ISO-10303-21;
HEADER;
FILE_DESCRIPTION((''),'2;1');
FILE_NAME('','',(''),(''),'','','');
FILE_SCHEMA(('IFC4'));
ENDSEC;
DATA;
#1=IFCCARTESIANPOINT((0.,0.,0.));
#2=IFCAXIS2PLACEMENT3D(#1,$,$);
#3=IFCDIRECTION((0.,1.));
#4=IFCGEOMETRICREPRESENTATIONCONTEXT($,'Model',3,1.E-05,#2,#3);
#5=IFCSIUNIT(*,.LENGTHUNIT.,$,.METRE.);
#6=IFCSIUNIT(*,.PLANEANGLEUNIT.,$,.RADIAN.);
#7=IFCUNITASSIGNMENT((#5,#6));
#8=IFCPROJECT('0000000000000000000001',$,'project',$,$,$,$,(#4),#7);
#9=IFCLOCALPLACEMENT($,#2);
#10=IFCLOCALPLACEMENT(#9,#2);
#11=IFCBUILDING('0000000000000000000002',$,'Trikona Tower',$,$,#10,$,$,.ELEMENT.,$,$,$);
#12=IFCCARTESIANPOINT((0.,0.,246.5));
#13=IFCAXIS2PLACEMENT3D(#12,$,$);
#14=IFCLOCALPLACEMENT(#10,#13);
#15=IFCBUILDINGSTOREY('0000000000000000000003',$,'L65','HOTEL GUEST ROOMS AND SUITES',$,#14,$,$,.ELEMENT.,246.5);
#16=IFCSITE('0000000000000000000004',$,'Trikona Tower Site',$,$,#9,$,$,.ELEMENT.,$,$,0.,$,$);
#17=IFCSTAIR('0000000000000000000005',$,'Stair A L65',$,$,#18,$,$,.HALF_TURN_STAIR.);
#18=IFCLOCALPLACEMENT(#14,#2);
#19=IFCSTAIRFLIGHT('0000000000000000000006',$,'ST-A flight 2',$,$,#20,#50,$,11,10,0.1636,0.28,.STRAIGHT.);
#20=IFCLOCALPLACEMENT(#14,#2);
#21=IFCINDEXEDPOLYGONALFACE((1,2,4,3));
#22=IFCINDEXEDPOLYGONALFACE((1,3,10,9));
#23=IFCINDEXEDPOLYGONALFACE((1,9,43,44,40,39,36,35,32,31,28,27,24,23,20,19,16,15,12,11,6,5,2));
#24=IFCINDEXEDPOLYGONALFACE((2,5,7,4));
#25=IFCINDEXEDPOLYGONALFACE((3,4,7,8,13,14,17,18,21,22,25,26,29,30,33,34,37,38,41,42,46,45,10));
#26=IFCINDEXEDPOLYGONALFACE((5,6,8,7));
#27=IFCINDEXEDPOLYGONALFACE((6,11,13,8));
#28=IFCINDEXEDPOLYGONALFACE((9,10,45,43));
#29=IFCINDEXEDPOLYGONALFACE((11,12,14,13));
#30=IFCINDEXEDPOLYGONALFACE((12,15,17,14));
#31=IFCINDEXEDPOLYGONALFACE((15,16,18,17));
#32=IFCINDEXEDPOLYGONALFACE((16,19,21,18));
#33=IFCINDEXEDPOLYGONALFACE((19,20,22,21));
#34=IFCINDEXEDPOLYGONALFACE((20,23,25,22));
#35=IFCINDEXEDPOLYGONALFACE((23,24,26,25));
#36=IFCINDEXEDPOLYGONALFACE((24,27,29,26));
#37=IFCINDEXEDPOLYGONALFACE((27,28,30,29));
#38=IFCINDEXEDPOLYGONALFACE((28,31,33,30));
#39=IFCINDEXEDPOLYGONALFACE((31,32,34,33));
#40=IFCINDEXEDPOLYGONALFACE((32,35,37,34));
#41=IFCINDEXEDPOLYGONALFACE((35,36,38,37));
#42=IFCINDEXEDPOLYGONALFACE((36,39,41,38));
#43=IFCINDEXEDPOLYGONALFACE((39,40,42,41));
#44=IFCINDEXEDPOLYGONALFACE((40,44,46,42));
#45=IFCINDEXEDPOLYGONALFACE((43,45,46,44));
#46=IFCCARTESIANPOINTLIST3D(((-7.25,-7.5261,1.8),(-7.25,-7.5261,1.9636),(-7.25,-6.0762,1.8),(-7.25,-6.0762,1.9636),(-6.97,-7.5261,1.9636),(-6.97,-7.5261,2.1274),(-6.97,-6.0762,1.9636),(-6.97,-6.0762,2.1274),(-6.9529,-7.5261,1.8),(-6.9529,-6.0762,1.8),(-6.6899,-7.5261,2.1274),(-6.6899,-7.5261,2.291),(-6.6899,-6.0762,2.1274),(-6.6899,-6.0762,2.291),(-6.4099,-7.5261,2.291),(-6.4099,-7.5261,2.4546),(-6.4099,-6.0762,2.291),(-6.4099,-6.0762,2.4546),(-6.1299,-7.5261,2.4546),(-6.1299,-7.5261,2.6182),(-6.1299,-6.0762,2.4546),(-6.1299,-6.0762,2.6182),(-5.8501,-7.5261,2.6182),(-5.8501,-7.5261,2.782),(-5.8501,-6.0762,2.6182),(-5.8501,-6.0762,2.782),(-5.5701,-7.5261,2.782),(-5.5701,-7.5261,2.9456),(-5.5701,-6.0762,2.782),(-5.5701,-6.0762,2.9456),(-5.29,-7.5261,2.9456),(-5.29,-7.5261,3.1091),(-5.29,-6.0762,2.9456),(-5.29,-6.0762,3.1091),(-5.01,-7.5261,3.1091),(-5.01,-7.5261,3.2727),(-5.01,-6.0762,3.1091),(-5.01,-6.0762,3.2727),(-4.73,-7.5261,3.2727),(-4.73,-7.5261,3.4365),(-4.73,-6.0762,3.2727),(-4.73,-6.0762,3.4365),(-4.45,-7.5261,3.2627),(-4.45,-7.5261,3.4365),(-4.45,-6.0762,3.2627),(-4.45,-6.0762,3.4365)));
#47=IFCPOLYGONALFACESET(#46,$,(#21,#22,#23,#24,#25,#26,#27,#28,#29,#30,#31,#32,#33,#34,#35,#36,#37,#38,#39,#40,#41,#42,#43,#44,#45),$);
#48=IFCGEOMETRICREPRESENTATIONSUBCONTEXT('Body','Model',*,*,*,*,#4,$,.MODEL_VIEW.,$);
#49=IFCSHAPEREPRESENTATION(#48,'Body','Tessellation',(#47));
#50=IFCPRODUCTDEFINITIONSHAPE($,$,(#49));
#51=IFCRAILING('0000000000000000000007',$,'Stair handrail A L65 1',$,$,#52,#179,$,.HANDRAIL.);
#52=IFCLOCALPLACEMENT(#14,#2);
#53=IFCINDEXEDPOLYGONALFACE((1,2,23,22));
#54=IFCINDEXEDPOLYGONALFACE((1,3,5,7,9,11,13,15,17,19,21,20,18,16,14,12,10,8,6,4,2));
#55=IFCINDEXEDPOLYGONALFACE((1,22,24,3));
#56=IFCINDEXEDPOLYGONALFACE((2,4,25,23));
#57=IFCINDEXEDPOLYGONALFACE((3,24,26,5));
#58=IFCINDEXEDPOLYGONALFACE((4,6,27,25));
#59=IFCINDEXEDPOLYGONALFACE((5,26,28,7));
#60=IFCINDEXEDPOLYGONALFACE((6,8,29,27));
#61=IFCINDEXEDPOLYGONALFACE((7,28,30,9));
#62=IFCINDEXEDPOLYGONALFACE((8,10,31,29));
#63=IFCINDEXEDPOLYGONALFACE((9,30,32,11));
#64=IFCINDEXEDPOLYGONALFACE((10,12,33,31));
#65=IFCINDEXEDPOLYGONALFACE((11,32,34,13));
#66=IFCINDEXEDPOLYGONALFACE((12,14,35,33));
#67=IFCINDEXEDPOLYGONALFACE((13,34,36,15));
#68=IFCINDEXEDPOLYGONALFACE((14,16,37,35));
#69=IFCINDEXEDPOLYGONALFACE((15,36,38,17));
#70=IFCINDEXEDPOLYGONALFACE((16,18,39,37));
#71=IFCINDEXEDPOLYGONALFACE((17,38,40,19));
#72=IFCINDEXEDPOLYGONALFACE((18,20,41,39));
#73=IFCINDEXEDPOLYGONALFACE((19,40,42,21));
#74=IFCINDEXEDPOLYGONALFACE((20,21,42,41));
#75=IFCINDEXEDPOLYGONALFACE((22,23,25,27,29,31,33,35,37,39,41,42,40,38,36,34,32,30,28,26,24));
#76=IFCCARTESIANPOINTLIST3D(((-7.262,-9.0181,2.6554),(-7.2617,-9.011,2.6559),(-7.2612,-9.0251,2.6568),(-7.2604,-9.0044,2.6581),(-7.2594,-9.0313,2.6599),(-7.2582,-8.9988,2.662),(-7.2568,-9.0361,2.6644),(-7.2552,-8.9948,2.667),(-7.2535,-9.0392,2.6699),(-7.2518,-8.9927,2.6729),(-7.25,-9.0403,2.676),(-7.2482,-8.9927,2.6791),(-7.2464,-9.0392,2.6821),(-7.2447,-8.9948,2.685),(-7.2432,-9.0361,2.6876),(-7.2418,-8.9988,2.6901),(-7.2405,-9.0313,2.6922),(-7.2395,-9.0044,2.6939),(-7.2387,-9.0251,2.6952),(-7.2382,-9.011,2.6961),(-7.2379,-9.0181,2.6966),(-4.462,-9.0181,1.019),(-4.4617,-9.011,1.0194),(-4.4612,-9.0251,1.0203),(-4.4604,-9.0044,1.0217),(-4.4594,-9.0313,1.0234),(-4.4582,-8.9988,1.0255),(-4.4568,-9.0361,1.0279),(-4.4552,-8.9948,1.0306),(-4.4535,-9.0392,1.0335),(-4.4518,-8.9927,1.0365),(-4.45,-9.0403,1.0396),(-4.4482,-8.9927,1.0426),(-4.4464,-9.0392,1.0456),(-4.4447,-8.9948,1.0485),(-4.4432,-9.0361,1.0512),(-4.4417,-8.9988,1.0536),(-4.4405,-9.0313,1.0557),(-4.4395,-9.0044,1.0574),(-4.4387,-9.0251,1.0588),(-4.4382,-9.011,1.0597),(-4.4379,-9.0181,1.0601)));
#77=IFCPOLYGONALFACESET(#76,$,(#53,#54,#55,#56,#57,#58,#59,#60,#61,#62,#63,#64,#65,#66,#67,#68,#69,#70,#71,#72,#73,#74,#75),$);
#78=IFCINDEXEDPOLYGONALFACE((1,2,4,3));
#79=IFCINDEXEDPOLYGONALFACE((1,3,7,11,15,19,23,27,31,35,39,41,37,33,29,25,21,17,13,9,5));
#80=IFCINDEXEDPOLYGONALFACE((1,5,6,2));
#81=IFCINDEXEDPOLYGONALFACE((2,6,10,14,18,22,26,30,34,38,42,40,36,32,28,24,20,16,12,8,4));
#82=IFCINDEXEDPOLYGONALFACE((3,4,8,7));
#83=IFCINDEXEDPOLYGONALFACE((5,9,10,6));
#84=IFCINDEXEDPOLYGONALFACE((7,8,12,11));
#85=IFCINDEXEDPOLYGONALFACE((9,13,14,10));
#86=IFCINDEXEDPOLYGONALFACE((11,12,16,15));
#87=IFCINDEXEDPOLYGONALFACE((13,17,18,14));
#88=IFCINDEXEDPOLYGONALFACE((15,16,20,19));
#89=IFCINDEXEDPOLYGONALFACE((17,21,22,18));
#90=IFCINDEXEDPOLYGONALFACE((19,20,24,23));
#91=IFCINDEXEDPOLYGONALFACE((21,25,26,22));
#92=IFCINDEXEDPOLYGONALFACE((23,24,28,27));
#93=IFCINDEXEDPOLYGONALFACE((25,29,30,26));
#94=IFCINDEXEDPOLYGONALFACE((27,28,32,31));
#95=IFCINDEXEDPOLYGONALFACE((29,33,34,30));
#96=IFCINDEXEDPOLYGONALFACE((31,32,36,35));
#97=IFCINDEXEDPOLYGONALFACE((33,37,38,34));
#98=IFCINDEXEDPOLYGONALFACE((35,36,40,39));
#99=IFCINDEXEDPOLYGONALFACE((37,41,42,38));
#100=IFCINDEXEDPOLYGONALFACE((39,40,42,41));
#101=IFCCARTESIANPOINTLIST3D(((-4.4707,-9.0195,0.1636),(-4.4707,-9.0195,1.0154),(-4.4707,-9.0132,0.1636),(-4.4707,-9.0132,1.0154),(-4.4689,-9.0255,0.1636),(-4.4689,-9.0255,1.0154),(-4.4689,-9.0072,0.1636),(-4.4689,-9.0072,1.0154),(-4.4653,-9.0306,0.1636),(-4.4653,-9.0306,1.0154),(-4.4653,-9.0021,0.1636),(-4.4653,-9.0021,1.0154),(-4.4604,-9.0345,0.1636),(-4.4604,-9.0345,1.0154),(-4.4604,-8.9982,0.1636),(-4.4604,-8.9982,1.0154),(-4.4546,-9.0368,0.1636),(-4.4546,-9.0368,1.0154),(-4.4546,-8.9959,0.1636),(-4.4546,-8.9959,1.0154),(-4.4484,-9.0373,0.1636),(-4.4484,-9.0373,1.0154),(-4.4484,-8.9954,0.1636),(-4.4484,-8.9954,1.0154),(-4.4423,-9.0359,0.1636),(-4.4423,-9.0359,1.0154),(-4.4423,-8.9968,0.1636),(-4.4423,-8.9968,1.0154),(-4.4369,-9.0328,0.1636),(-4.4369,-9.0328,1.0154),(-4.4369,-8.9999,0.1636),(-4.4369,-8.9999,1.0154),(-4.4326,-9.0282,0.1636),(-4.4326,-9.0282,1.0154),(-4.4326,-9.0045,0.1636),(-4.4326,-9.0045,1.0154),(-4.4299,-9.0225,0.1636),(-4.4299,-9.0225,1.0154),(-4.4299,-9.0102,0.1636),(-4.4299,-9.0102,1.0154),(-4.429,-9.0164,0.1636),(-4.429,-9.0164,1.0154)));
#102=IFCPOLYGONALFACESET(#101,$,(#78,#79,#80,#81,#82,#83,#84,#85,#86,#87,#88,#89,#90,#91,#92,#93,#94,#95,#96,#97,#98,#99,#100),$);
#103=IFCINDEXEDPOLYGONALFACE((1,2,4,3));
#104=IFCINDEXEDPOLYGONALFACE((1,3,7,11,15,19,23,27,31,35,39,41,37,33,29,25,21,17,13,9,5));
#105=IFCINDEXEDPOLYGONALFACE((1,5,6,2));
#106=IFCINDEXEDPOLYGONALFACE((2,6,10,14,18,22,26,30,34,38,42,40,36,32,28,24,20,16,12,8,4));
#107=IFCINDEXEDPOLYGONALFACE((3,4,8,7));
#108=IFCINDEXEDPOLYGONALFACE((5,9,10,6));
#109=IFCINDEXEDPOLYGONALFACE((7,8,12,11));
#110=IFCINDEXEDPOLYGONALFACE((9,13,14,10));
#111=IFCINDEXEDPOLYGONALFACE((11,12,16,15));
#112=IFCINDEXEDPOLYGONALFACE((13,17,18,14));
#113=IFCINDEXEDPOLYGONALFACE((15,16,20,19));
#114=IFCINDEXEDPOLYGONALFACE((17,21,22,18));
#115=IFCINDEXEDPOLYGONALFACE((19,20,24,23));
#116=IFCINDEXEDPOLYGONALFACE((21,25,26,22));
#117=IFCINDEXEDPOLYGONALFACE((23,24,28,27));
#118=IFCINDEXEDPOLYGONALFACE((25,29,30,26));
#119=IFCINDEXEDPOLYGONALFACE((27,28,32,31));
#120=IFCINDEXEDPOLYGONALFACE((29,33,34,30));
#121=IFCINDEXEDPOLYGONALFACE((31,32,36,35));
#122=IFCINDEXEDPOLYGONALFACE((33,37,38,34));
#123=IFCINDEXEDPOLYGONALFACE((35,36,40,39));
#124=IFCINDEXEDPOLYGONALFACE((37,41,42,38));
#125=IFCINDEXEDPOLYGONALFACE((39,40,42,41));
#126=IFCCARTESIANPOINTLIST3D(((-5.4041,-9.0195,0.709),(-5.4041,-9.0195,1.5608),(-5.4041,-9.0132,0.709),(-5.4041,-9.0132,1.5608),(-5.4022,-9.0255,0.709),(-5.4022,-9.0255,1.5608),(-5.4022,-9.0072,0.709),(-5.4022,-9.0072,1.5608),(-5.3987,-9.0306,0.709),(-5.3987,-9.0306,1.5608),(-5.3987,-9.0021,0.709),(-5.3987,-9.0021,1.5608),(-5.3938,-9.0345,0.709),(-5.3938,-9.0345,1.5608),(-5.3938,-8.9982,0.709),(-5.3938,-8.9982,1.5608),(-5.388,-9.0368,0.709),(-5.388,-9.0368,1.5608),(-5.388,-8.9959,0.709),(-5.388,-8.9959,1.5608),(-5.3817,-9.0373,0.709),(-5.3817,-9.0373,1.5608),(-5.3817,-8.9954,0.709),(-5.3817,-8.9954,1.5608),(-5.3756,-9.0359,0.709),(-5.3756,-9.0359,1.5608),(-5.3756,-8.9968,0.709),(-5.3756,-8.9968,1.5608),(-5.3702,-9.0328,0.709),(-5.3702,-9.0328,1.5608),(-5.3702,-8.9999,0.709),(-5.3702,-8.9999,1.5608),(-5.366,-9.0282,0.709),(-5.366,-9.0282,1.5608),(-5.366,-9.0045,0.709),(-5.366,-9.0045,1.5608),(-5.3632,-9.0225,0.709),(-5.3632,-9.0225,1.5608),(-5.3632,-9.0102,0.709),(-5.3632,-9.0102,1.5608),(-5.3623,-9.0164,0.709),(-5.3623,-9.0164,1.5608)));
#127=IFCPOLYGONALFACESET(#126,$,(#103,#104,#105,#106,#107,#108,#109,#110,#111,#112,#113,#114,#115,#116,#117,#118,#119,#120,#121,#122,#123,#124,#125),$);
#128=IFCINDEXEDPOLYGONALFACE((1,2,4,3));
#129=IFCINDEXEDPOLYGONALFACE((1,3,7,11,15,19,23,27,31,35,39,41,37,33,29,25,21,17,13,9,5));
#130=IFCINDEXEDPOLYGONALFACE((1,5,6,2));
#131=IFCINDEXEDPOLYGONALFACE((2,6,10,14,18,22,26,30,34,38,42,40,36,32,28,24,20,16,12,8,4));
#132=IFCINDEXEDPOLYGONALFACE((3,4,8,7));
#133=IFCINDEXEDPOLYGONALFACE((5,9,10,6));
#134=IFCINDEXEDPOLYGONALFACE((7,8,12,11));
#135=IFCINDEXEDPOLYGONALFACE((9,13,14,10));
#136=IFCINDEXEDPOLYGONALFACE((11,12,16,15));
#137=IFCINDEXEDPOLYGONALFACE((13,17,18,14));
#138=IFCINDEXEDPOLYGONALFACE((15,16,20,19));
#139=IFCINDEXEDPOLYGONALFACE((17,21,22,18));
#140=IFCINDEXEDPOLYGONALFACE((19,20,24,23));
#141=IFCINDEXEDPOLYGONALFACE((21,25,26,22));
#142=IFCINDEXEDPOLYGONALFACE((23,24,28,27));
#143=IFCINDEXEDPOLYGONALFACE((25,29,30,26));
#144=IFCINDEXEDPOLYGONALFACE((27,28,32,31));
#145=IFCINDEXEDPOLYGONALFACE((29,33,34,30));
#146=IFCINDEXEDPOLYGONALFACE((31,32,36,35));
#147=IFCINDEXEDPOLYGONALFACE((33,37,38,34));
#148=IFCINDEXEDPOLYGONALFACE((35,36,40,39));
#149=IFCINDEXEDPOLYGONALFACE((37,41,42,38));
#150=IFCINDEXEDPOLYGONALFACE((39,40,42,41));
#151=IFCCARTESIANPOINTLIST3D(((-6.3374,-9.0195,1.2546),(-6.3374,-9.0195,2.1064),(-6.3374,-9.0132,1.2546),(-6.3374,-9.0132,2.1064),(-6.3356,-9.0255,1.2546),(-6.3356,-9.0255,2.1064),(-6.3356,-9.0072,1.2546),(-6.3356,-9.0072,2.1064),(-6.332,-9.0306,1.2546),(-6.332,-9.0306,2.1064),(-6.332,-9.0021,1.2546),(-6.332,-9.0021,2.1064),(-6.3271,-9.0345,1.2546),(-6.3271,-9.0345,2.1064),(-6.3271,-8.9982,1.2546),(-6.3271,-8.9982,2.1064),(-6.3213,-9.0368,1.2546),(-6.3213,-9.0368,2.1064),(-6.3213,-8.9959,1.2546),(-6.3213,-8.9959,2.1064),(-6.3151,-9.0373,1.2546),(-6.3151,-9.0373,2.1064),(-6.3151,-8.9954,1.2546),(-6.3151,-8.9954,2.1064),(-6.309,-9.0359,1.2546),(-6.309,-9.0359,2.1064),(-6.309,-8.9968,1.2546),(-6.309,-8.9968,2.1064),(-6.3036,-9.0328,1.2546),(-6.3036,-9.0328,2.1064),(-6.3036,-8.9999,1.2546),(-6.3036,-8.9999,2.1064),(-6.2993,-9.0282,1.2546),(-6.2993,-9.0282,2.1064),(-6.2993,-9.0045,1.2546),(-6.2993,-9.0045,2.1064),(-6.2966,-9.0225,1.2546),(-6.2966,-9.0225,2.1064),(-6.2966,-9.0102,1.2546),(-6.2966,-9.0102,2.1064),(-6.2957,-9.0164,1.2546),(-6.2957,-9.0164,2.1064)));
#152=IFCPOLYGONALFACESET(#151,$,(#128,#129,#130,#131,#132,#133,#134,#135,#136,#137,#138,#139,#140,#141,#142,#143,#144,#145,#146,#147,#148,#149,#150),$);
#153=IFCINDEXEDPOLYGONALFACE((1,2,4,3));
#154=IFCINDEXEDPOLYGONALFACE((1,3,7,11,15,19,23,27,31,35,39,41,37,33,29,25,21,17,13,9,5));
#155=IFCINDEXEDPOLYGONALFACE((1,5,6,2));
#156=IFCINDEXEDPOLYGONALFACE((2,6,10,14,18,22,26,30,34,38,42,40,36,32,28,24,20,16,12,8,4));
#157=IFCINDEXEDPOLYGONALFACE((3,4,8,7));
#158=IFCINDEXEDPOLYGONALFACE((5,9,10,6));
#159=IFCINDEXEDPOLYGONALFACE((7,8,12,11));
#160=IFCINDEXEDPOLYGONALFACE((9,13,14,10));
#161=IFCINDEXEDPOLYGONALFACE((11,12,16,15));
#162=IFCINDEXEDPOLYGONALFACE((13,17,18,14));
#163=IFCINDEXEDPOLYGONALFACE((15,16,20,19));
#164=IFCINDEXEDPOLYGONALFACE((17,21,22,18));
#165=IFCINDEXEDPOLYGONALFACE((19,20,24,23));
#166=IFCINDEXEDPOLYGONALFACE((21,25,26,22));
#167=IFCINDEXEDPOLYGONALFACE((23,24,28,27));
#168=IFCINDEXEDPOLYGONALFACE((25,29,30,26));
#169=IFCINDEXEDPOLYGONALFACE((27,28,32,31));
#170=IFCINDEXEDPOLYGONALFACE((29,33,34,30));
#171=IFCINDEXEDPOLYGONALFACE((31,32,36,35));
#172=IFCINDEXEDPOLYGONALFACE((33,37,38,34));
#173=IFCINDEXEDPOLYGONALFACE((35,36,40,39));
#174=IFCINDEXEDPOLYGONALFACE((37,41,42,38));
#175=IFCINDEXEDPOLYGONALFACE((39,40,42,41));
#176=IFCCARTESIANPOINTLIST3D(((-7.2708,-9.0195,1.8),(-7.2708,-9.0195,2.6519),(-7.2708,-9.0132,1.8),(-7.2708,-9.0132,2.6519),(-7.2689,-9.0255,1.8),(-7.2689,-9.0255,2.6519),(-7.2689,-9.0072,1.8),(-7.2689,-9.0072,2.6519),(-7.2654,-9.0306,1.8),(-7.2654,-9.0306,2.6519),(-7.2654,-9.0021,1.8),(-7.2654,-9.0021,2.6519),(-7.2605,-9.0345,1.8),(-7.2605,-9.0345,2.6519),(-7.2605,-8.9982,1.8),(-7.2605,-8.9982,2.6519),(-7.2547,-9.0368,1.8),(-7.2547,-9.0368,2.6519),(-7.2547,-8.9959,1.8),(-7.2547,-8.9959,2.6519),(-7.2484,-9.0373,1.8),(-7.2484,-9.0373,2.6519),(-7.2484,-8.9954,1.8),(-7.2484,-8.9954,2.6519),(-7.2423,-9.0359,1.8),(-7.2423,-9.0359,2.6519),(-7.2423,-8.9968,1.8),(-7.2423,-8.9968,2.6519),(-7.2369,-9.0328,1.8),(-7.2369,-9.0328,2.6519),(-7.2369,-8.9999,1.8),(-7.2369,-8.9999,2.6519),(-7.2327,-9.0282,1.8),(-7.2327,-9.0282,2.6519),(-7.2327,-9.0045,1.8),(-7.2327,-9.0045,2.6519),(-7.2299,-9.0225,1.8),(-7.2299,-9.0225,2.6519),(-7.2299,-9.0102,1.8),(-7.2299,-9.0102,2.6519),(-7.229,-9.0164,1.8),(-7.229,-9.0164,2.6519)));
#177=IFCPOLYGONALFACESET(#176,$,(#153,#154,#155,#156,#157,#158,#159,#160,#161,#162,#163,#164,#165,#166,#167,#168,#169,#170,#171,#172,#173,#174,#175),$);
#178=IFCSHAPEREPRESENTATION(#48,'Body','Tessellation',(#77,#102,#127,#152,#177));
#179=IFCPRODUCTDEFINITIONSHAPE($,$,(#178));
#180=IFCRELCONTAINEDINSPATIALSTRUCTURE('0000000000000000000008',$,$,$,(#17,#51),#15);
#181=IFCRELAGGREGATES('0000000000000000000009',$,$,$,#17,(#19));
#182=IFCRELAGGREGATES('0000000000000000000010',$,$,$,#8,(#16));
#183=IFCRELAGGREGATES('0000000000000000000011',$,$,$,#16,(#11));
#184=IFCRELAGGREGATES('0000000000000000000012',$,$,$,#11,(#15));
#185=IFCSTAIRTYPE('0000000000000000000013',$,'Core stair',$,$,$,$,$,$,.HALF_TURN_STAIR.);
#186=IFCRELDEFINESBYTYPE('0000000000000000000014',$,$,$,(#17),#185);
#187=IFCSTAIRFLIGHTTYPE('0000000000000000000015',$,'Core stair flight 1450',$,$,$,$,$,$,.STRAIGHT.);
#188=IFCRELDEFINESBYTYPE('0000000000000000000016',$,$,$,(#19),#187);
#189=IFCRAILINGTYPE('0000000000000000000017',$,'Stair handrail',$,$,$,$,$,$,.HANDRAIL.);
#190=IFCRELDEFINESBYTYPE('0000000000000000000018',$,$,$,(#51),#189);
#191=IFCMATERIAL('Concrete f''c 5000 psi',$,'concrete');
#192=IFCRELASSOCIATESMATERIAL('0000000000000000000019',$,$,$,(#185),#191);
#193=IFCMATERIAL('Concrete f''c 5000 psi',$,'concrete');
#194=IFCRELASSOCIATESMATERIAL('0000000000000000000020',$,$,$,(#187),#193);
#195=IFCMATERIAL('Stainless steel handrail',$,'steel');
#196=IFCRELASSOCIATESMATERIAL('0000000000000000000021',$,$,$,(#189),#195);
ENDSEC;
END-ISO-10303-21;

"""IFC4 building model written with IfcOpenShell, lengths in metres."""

from ifc_helpers import new_model, si_unit, direction, frame, origin, origin_2d, place, context, subcontext, project, spatial, polyline, circle, outline, extrude, material, type_object, element, aggregate, save


model = new_model("IFC4")

# Units and contexts
model_context = context("Model", 3, precision=1e-05, world=origin(), true_north=direction((0.0, 1.0)))
body_context = subcontext(model_context, "Body", "Model", "MODEL_VIEW")
ifc_project = project(units=[si_unit("LENGTHUNIT", "METRE"), si_unit("PLANEANGLEUNIT", "RADIAN")], contexts=[model_context])

# Site, building, storey
site_placement = place(None, origin())
site = spatial("IfcSite", under=ifc_project, at=site_placement, Name="Trikona Tower Site", CompositionType="ELEMENT", RefElevation=0.0)
building_placement = place(site_placement, origin())
building = spatial("IfcBuilding", under=site, at=building_placement, Name="Trikona Tower", CompositionType="ELEMENT")
storey_placement = place(building_placement, frame((0.0, 0.0, 246.5)))
storey = spatial("IfcBuildingStorey", under=building, at=storey_placement, Name="L65", Description="HOTEL GUEST ROOMS AND SUITES", CompositionType="ELEMENT", Elevation=246.5)

# Stair, stair flight
ifc_material_1 = material(Name="Concrete f'c 5000 psi", Category="concrete")
stair_type = type_object("IfcStairType", Name="Core stair", PredefinedType="HALF_TURN_STAIR", material=ifc_material_1)
stair_placement = place(storey_placement, origin())
stair = element("IfcStair", 1, at=stair_placement, inside=storey, type_object=stair_type, Name="Stair A L65", PredefinedType="HALF_TURN_STAIR")
ifc_material_2 = material(Name="Concrete f'c 5000 psi", Category="concrete")
stair_flight_type = type_object("IfcStairFlightType", Name="Core stair flight 1450", PredefinedType="STRAIGHT", material=ifc_material_2)
stair_flight_1_placement = place(storey_placement, frame((-7.25, -6.8013, 1.8), z_axis=(0.0, 0.0, 1.0), x_axis=(1.0, 0.0, 0.0)))
stair_flight_1 = element("IfcStairFlight", 2, at=stair_flight_1_placement, type_object=stair_flight_type, Name="ST-A flight 2", NumberOfRisers=11, NumberOfTreads=10, PredefinedType="STRAIGHT", RiserHeight=0.1636, TreadLength=0.28, context=body_context, shape_type="SweptSolid", body=[
    extrude(outline(polyline([(0.0, 0.0), (0.0, 0.1636), (0.28, 0.1636), (0.28, 0.3274), (0.5601, 0.3274), (0.5601, 0.491), (0.8401, 0.491), (0.8401, 0.6545), (1.1201, 0.6545), (1.1201, 0.8181), (1.3999, 0.8181), (1.3999, 0.9819), (1.6799, 0.9819), (1.6799, 1.1455), (1.96, 1.1455), (1.96, 1.3091), (2.24, 1.3091), (2.24, 1.4727), (2.52, 1.4727), (2.52, 1.6365), (2.8, 1.6365), (2.8, 1.8), (2.8, 1.4626), (0.2971, 0.0), (0.0, 0.0)])), frame((0.0, 0.7251, 0.0), z_axis=(0.0, -1.0, 0.0), x_axis=(1.0, 0.0, 0.0)), (0.0, 0.0, 1.0), 1.45),
])
aggregate(stair, [stair_flight_1])

# Railing
ifc_material_3 = material(Name="Stainless steel handrail", Category="steel")
railing_type = type_object("IfcRailingType", Name="Stair handrail", PredefinedType="HANDRAIL", material=ifc_material_3)
railing_1_placement = place(storey_placement, frame((-4.45, -9.0164, 0.1636)))
element("IfcRailing", 3, at=railing_1_placement, inside=storey, type_object=railing_type, Name="Stair handrail A L65 1", PredefinedType="HANDRAIL", context=body_context, shape_type="SweptSolid", body=[
    extrude(circle(Radius=0.0239, at=origin_2d()), frame((0.0, 0.0, 0.876), z_axis=(-0.863361, 0.0, 0.504587), x_axis=(0.0, -1.0, 0.0)), (0.0, 0.0, 1.0), 3.2432),
    extrude(circle(Radius=0.021, at=origin_2d()), origin(), (0.0, 0.0, 1.0), 0.8518),
    extrude(circle(Radius=0.021, at=origin_2d()), frame((-0.9333, 0.0, 0.5454)), (0.0, 0.0, 1.0), 0.8518),
    extrude(circle(Radius=0.021, at=origin_2d()), frame((-1.8667, 0.0, 1.0911)), (0.0, 0.0, 1.0), 0.8518),
    extrude(circle(Radius=0.021, at=origin_2d()), frame((-2.8, 0.0, 1.6365)), (0.0, 0.0, 1.0), 0.8518),
])

save(model, "model.ifc")
